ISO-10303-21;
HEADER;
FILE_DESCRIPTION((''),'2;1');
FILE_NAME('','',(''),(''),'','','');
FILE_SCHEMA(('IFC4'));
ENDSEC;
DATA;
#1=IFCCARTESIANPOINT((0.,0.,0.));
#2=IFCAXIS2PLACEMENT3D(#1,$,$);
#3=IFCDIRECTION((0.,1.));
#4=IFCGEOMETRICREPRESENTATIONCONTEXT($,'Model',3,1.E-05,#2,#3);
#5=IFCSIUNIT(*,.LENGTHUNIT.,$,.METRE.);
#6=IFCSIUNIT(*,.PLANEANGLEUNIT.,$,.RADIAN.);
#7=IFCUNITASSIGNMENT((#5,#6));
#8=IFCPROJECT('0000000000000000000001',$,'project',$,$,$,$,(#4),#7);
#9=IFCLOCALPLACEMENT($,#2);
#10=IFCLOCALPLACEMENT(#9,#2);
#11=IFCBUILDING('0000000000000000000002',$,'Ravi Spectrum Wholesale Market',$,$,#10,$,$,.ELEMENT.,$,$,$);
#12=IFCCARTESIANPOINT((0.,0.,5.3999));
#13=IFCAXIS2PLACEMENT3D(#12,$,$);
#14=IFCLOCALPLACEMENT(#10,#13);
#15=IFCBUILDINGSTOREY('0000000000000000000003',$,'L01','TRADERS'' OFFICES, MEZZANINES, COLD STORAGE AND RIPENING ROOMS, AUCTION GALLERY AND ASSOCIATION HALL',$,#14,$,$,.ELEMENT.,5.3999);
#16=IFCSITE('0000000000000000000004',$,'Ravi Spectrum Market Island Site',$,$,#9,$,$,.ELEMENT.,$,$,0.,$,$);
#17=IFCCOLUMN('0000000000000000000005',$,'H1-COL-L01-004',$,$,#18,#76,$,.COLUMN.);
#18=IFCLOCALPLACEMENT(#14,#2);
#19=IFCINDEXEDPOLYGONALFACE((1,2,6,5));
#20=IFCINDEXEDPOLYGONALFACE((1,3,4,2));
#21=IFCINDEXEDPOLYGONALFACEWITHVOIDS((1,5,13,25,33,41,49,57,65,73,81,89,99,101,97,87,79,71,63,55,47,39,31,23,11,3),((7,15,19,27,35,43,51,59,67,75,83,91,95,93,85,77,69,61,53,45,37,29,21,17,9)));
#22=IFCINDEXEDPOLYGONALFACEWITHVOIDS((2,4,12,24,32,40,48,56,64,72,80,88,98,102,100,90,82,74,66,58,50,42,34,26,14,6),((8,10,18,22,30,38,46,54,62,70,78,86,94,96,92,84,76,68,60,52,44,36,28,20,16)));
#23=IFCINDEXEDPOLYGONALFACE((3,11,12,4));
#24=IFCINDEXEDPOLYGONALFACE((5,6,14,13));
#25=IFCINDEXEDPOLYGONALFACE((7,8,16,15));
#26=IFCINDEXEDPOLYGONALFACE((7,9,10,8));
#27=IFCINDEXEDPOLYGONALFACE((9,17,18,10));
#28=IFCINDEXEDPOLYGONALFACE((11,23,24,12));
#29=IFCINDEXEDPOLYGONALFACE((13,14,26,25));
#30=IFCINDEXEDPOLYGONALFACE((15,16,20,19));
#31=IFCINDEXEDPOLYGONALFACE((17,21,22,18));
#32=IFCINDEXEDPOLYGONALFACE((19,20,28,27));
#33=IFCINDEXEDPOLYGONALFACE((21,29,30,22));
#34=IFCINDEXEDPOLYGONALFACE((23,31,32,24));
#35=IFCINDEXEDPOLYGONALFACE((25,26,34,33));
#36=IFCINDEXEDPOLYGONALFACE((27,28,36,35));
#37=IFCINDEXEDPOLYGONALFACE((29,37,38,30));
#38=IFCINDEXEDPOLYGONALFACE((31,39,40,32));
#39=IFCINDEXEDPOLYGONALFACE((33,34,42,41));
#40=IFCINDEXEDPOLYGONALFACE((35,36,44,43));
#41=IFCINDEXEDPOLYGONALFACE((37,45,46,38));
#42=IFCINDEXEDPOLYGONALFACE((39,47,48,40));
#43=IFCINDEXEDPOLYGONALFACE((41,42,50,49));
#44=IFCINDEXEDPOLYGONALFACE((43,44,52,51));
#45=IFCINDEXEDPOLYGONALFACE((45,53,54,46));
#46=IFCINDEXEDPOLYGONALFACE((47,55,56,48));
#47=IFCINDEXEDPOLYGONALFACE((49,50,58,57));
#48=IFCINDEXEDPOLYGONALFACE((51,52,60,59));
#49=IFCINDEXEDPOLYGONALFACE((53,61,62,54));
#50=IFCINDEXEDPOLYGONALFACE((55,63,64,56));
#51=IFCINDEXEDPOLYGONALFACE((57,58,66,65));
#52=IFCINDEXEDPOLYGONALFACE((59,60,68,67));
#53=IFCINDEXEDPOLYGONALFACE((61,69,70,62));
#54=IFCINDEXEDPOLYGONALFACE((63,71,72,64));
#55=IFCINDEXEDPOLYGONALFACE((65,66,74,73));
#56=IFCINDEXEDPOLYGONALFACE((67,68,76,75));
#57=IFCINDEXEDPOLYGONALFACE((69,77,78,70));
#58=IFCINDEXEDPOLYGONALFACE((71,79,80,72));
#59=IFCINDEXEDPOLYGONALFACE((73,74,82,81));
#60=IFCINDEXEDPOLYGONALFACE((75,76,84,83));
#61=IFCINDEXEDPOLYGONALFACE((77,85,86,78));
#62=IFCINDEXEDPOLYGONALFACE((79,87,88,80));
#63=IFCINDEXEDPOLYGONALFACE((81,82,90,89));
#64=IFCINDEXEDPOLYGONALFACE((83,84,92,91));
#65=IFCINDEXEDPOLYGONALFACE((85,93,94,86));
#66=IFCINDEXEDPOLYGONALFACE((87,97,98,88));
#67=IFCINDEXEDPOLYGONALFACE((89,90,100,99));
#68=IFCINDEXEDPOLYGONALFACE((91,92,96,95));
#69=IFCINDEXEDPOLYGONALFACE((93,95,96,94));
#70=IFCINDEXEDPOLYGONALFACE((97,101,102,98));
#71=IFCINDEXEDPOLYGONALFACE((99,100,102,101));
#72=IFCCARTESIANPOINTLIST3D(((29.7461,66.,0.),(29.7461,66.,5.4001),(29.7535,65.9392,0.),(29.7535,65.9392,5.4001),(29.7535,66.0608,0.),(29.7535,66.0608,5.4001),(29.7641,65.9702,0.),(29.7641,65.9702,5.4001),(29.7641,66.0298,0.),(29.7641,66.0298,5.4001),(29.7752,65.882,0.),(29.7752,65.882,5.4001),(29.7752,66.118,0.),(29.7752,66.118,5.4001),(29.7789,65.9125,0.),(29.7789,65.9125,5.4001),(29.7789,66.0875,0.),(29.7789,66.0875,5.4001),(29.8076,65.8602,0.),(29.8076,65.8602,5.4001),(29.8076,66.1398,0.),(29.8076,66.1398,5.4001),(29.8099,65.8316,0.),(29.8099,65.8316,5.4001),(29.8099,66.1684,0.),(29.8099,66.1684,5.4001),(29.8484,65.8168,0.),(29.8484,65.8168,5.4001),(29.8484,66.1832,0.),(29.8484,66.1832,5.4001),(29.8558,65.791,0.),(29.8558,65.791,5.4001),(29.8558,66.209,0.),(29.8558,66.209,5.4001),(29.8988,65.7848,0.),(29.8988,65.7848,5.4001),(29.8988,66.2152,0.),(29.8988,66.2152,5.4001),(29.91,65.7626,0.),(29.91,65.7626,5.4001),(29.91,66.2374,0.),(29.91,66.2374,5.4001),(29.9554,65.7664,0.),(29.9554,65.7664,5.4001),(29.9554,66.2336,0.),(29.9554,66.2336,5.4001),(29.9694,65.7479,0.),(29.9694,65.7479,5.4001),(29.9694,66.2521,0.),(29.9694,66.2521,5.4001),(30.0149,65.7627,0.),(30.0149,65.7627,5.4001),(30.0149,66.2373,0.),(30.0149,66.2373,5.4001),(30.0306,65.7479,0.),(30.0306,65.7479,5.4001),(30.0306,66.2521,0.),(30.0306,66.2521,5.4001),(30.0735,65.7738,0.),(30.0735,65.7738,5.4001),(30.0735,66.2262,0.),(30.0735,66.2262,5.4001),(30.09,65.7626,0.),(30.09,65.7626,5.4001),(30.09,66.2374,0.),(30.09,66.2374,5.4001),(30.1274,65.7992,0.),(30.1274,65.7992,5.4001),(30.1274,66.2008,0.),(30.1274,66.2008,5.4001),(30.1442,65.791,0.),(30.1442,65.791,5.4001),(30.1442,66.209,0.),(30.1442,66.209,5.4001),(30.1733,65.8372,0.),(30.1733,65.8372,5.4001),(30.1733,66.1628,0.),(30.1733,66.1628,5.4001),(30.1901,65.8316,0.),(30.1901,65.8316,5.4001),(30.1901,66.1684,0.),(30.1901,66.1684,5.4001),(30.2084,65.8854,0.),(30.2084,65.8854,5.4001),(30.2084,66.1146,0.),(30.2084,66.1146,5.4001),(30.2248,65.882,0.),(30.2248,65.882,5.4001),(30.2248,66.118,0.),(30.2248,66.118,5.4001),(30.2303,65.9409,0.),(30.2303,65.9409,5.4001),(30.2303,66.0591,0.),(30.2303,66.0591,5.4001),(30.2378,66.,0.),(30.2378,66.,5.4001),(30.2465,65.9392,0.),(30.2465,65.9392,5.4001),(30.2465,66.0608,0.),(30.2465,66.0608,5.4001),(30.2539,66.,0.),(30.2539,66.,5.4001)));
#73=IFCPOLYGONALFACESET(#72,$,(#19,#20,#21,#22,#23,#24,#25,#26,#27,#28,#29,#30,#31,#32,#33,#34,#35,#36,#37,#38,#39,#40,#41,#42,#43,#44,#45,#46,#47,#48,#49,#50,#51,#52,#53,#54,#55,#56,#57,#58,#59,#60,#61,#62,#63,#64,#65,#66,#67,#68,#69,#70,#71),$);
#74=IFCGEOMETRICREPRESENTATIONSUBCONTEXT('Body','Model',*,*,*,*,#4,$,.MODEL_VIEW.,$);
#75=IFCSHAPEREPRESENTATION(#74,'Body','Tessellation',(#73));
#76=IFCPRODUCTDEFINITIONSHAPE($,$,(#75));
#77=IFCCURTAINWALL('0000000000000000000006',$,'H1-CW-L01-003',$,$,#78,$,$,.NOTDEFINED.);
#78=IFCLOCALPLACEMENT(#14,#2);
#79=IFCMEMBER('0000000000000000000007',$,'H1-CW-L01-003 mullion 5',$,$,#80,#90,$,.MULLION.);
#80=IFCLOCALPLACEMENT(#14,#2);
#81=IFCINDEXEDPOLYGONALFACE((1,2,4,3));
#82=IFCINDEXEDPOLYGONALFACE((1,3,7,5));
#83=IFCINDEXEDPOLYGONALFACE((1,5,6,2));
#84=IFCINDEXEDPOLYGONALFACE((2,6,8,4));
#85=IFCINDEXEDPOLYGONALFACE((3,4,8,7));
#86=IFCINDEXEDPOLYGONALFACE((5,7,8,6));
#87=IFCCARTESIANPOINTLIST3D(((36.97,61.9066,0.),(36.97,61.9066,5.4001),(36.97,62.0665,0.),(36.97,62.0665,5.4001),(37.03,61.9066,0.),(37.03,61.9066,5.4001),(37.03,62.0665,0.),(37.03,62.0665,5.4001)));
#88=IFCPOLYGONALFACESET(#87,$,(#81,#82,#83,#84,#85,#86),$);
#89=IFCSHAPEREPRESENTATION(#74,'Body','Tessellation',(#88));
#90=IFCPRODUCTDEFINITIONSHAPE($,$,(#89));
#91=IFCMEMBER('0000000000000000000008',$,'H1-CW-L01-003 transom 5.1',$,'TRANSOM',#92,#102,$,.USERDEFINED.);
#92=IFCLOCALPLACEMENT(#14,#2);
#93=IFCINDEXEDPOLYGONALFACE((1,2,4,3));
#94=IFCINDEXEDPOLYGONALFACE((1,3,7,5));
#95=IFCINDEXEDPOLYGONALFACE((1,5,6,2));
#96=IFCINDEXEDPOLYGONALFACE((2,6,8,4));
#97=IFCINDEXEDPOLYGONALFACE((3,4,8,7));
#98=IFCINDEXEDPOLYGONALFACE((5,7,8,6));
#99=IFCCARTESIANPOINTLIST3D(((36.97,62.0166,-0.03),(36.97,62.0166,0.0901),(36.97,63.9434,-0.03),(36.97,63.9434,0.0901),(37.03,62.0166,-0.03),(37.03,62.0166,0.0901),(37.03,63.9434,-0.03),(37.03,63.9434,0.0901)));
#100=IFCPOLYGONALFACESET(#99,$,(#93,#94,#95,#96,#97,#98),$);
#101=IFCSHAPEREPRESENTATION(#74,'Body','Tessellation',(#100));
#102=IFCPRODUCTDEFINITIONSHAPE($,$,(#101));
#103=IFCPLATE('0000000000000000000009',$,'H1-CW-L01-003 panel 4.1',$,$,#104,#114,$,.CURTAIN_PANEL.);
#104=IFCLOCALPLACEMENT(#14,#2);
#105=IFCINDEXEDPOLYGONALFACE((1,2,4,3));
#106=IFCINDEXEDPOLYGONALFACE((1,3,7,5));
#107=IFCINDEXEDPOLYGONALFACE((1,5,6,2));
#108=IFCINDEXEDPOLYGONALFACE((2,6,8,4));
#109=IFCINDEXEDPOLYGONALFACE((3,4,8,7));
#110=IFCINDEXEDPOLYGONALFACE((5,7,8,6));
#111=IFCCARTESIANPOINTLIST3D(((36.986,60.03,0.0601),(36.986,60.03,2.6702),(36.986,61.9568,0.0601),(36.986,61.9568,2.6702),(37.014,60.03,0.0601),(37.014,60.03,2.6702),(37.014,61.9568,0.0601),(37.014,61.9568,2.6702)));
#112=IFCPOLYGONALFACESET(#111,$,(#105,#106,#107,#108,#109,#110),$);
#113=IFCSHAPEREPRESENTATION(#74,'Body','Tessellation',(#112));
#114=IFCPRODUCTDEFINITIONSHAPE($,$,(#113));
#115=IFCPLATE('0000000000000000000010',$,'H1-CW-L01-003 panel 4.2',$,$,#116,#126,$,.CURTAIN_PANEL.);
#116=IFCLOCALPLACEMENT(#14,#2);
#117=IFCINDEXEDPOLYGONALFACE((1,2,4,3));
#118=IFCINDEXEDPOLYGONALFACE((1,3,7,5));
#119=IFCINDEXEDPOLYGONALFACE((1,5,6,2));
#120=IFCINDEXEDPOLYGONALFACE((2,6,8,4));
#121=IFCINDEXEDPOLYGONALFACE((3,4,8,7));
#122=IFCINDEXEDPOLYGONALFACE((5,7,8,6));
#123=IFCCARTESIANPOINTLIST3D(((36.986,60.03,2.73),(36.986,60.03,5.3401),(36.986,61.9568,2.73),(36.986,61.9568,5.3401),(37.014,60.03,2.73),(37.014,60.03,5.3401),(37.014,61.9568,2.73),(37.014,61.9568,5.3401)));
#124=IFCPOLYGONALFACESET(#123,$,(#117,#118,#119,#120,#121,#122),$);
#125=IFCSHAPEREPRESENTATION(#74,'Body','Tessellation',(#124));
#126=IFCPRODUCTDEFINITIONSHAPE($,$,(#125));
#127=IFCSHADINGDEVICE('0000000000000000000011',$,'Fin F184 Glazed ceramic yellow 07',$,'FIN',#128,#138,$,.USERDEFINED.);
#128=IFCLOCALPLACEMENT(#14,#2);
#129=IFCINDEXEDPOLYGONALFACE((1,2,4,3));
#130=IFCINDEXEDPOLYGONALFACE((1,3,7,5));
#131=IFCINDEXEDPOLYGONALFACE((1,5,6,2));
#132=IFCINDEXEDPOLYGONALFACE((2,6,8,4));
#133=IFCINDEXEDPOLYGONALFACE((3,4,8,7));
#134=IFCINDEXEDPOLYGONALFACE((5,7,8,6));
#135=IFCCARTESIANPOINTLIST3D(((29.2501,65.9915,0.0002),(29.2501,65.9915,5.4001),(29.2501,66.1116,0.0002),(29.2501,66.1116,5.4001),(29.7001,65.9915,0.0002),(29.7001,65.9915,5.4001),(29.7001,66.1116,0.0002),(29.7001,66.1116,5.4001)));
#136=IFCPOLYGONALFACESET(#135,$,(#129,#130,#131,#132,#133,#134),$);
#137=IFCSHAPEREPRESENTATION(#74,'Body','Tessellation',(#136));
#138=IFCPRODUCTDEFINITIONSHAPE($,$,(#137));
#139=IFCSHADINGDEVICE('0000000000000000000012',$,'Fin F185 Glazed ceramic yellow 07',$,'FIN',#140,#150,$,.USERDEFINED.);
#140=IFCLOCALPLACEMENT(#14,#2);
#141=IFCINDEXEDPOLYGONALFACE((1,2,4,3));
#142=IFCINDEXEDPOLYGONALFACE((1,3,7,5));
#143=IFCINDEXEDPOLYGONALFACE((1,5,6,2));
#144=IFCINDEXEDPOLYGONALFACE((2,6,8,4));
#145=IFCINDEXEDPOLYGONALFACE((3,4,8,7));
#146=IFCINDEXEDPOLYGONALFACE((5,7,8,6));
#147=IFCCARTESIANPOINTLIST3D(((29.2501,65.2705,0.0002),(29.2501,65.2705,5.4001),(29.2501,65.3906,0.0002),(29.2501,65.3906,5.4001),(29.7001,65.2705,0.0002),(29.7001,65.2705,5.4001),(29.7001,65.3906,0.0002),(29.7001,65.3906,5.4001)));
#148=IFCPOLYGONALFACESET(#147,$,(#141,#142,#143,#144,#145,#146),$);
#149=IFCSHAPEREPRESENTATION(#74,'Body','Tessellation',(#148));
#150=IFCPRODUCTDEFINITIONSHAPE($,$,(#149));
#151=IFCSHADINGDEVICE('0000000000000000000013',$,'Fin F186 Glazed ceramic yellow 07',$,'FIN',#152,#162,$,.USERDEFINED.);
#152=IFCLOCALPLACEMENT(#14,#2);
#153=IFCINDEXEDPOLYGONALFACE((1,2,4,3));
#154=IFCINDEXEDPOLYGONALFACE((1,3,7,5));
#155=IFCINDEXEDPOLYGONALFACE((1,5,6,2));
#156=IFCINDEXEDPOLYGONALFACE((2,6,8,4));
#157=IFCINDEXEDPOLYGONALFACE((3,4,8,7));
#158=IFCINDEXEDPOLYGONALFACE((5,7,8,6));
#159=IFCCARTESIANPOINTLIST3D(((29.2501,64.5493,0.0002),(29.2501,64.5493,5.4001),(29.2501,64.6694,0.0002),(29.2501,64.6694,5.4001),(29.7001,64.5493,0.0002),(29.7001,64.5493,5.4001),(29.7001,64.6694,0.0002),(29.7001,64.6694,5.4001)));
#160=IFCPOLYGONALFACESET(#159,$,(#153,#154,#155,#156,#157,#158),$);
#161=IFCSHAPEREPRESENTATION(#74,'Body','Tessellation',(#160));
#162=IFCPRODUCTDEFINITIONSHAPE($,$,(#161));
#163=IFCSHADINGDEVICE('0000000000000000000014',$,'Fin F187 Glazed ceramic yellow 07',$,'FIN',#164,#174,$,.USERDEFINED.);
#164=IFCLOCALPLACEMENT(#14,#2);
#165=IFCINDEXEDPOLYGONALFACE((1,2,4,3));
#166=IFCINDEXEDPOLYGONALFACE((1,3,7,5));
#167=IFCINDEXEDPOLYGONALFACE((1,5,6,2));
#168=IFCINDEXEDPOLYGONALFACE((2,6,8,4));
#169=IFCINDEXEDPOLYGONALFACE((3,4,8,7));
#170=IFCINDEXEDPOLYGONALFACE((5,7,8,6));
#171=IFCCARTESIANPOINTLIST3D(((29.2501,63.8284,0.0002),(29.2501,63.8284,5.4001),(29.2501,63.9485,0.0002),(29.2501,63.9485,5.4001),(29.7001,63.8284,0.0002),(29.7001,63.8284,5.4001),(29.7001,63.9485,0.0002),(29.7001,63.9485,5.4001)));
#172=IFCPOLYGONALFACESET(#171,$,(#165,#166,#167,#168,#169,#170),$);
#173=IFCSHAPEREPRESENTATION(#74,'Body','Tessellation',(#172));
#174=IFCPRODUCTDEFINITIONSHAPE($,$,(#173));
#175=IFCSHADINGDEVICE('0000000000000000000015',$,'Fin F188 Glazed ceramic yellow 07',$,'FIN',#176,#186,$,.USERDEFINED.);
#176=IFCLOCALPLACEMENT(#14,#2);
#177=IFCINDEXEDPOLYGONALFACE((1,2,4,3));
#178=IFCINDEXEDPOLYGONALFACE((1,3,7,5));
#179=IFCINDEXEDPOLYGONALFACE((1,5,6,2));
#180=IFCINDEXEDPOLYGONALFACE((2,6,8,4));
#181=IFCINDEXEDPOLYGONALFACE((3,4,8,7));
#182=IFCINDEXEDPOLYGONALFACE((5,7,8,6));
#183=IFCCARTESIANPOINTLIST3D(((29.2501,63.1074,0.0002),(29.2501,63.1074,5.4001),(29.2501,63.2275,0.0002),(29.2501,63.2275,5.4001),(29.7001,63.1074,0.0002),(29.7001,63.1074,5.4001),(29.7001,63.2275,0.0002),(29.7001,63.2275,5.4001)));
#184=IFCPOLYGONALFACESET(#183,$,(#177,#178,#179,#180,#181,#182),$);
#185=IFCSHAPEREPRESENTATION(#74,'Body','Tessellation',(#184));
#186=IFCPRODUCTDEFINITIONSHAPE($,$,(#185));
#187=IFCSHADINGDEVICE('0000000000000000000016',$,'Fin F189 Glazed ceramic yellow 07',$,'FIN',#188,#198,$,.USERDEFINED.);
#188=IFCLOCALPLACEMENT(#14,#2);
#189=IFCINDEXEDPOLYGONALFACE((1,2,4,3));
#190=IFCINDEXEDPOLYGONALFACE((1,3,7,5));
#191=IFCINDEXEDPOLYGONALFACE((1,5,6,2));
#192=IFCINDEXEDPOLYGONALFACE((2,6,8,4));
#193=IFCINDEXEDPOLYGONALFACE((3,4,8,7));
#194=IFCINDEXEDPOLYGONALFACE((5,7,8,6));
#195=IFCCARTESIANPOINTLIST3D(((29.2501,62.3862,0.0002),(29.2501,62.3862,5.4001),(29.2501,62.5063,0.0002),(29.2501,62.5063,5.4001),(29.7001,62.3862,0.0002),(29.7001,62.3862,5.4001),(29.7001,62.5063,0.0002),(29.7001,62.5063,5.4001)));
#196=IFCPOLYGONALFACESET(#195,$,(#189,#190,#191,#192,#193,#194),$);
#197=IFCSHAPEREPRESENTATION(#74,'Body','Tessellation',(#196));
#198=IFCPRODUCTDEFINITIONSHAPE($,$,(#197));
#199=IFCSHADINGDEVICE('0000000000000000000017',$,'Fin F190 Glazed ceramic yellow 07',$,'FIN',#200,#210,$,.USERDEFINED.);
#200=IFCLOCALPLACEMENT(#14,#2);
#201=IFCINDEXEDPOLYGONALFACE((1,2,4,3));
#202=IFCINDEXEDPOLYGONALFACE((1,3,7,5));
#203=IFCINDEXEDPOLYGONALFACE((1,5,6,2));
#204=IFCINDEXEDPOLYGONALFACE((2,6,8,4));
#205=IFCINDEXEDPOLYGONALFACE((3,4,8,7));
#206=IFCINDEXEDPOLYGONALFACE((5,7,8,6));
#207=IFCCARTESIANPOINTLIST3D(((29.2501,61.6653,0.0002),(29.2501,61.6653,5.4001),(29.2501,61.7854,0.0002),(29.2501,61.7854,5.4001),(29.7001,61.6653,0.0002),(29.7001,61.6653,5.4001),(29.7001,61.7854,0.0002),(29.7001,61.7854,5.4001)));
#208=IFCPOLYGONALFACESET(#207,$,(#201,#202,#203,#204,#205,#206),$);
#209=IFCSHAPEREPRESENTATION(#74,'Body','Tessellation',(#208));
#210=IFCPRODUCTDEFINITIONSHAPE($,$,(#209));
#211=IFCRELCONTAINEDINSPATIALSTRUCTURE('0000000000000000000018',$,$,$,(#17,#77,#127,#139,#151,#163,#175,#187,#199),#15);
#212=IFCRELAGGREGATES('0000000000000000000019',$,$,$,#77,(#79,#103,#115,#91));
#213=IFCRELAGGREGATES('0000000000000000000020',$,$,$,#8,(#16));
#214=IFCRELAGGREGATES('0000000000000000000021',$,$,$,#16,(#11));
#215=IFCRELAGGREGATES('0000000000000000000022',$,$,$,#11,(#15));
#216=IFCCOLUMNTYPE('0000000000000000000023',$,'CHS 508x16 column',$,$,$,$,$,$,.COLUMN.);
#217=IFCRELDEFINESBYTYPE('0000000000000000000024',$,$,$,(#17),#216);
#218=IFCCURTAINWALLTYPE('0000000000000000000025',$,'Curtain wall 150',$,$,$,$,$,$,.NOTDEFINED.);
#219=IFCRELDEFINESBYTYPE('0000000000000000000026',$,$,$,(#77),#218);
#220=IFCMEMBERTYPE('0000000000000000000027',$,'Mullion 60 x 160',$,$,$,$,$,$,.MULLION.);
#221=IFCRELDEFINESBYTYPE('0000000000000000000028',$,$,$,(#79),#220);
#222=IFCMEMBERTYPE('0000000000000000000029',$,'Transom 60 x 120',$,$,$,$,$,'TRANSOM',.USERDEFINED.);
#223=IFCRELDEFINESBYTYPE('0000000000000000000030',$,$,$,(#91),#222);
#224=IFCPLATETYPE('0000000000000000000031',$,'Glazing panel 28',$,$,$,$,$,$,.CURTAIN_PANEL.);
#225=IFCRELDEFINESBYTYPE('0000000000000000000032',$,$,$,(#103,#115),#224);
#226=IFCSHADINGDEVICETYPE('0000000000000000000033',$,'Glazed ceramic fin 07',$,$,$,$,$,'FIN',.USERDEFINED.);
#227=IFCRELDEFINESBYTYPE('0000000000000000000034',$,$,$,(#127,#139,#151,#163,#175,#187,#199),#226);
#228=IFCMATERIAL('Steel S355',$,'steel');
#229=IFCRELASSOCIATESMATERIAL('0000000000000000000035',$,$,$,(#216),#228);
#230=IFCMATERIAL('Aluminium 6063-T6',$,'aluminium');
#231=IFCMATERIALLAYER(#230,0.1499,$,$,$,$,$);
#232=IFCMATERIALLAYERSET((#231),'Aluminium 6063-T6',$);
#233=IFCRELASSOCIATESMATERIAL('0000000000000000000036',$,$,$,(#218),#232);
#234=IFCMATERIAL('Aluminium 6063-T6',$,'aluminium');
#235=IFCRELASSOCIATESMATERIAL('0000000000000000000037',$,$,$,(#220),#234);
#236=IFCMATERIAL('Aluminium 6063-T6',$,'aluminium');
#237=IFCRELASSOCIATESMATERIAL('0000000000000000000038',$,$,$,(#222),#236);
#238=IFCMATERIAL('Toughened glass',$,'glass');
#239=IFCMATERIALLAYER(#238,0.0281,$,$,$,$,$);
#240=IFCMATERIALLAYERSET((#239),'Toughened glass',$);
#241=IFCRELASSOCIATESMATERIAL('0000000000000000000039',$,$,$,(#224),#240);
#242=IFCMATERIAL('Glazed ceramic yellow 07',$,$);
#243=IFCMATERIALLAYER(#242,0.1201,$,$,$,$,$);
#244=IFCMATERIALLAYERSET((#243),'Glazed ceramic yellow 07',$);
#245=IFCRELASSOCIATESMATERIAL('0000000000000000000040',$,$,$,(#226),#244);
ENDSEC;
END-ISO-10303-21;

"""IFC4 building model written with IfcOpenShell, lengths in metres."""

from ifc_helpers import new_model, si_unit, direction, frame, origin, origin_2d, place, context, subcontext, project, spatial, rectangle, hollow_circle, extrude, material, layer, layer_set, material_profile, profile_set, type_object, element, aggregate, save


model = new_model("IFC4")

# Units and contexts
model_context = context("Model", 3, precision=1e-05, world=origin(), true_north=direction((0.0, 1.0)))
body_context = subcontext(model_context, "Body", "Model", "MODEL_VIEW")
ifc_project = project(units=[si_unit("LENGTHUNIT", "METRE"), si_unit("PLANEANGLEUNIT", "RADIAN")], contexts=[model_context])

# Site, building, storey
site_placement = place(None, origin())
site = spatial("IfcSite", under=ifc_project, at=site_placement, Name="Ravi Spectrum Market Island Site", CompositionType="ELEMENT", RefElevation=0.0)
building_placement = place(site_placement, origin())
building = spatial("IfcBuilding", under=site, at=building_placement, Name="Ravi Spectrum Wholesale Market", CompositionType="ELEMENT")
storey_placement = place(building_placement, frame((0.0, 0.0, 5.3999)))
storey = spatial("IfcBuildingStorey", under=building, at=storey_placement, Name="L01", Description="TRADERS' OFFICES, MEZZANINES, COLD STORAGE AND RIPENING ROOMS, AUCTION GALLERY AND ASSOCIATION HALL", CompositionType="ELEMENT", Elevation=5.3999)

# Column
ifc_material_1 = material(Name="Steel S355", Category="steel")
ifc_material_profile_1 = material_profile(ifc_material_1, hollow_circle(Radius=0.2539, WallThickness=0.0161, at=origin_2d()))
ifc_profile_set_1 = profile_set([ifc_material_profile_1], Name="Steel S355")
column_type = type_object("IfcColumnType", Name="CHS 508x16 column", PredefinedType="COLUMN", material=ifc_profile_set_1)
column_placement = place(storey_placement, frame((30.0, 66.0, 0.0), z_axis=(0.0, 0.0, 1.0), x_axis=(1.0, 0.0, 0.0)))
element("IfcColumn", 1, at=column_placement, inside=storey, type_object=column_type, Name="H1-COL-L01-004", PredefinedType="COLUMN", context=body_context, shape_type="SweptSolid", body=[
    extrude(hollow_circle(Radius=0.2539, WallThickness=0.0161, at=origin_2d()), origin(), (0.0, 0.0, 1.0), 5.4001),
])

# Curtain wall, members, plates
ifc_material_2 = material(Name="Aluminium 6063-T6", Category="aluminium")
ifc_layer_1 = layer(ifc_material_2, 0.1499)
ifc_layer_set_1 = layer_set([ifc_layer_1], Name="Aluminium 6063-T6")
curtain_wall_type = type_object("IfcCurtainWallType", Name="Curtain wall 150", PredefinedType="NOTDEFINED", material=ifc_layer_set_1)
curtain_wall_placement = place(storey_placement, origin())
curtain_wall = element("IfcCurtainWall", 2, at=curtain_wall_placement, inside=storey, type_object=curtain_wall_type, Name="H1-CW-L01-003", PredefinedType="NOTDEFINED")
ifc_material_3 = material(Name="Aluminium 6063-T6", Category="aluminium")
ifc_material_profile_2 = material_profile(ifc_material_3, rectangle(XDim=0.0601, YDim=0.1599, at=origin_2d()))
ifc_profile_set_2 = profile_set([ifc_material_profile_2], Name="Aluminium 6063-T6")
member_type_1 = type_object("IfcMemberType", Name="Mullion 60 x 160", PredefinedType="MULLION", material=ifc_profile_set_2)
member_1_placement = place(storey_placement, frame((37.0, 61.9866, 0.0), z_axis=(0.0, 0.0, 1.0), x_axis=(-1.0, 0.0, 0.0)))
member_1 = element("IfcMember", 3, at=member_1_placement, type_object=member_type_1, Name="H1-CW-L01-003 mullion 5", PredefinedType="MULLION", context=body_context, shape_type="SweptSolid", body=[
    extrude(rectangle(XDim=0.0601, YDim=0.1599, at=origin_2d()), origin(), (0.0, 0.0, 1.0), 5.4001),
])
ifc_material_4 = material(Name="Aluminium 6063-T6", Category="aluminium")
ifc_material_profile_3 = material_profile(ifc_material_4, rectangle(XDim=0.0601, YDim=0.1201, at=origin_2d()))
ifc_profile_set_3 = profile_set([ifc_material_profile_3], Name="Aluminium 6063-T6")
member_type_2 = type_object("IfcMemberType", Name="Transom 60 x 120", ElementType="TRANSOM", PredefinedType="USERDEFINED", material=ifc_profile_set_3)
member_2_placement = place(storey_placement, frame((37.0, 62.0166, 0.03), z_axis=(0.0, 1.0, 0.0), x_axis=(-1.0, 0.0, 0.0)))
member_2 = element("IfcMember", 4, at=member_2_placement, type_object=member_type_2, Name="H1-CW-L01-003 transom 5.1", ObjectType="TRANSOM", PredefinedType="USERDEFINED", context=body_context, shape_type="SweptSolid", body=[
    extrude(rectangle(XDim=0.0601, YDim=0.1201, at=origin_2d()), origin(), (0.0, 0.0, 1.0), 1.9268),
])
ifc_material_5 = material(Name="Toughened glass", Category="glass")
ifc_layer_2 = layer(ifc_material_5, 0.0281)
ifc_layer_set_2 = layer_set([ifc_layer_2], Name="Toughened glass")
plate_type = type_object("IfcPlateType", Name="Glazing panel 28", PredefinedType="CURTAIN_PANEL", material=ifc_layer_set_2)
plate_1_placement = place(storey_placement, frame((37.0, 60.9934, 0.0601), z_axis=(0.0, 0.0, 1.0), x_axis=(0.0, 1.0, 0.0)))
plate_1 = element("IfcPlate", 5, at=plate_1_placement, type_object=plate_type, Name="H1-CW-L01-003 panel 4.1", PredefinedType="CURTAIN_PANEL", context=body_context, shape_type="SweptSolid", body=[
    extrude(rectangle(XDim=1.9268, YDim=0.0281, at=origin_2d()), origin(), (0.0, 0.0, 1.0), 2.6101),
])
plate_2_placement = place(storey_placement, frame((37.0, 60.9934, 2.73), z_axis=(0.0, 0.0, 1.0), x_axis=(0.0, 1.0, 0.0)))
plate_2 = element("IfcPlate", 6, at=plate_2_placement, type_object=plate_type, Name="H1-CW-L01-003 panel 4.2", PredefinedType="CURTAIN_PANEL", context=body_context, shape_type="SweptSolid", body=[
    extrude(rectangle(XDim=1.9268, YDim=0.0281, at=origin_2d()), origin(), (0.0, 0.0, 1.0), 2.6101),
])
aggregate(curtain_wall, [member_1, plate_1, plate_2, member_2])

# Shading devices
ifc_material_6 = material(Name="Glazed ceramic yellow 07")
ifc_layer_3 = layer(ifc_material_6, 0.1201)
ifc_layer_set_3 = layer_set([ifc_layer_3], Name="Glazed ceramic yellow 07")
shading_device_type = type_object("IfcShadingDeviceType", Name="Glazed ceramic fin 07", ElementType="FIN", PredefinedType="USERDEFINED", material=ifc_layer_set_3)
for number, where, z_axis, x_axis, name in (
    (7, (29.4751, 66.0515, 0.0002), (0.0, 0.0, 1.0), (0.0, -1.0, 0.0), "Fin F184 Glazed ceramic yellow 07"),
    (8, (29.4751, 65.3306, 0.0002), (0.0, 0.0, 1.0), (0.0, -1.0, 0.0), "Fin F185 Glazed ceramic yellow 07"),
    (9, (29.4751, 64.6094, 0.0002), (0.0, 0.0, 1.0), (0.0, -1.0, 0.0), "Fin F186 Glazed ceramic yellow 07"),
    (10, (29.4751, 63.8884, 0.0002), (0.0, 0.0, 1.0), (0.0, -1.0, 0.0), "Fin F187 Glazed ceramic yellow 07"),
    (11, (29.4751, 63.1675, 0.0002), (0.0, 0.0, 1.0), (0.0, -1.0, 0.0), "Fin F188 Glazed ceramic yellow 07"),
    (12, (29.4751, 62.4463, 0.0002), (0.0, 0.0, 1.0), (0.0, -1.0, 0.0), "Fin F189 Glazed ceramic yellow 07"),
    (13, (29.4751, 61.7253, 0.0002), (0.0, 0.0, 1.0), (0.0, -1.0, 0.0), "Fin F190 Glazed ceramic yellow 07"),
):
    element("IfcShadingDevice", number, at=place(storey_placement, frame(where, z_axis=z_axis, x_axis=x_axis)), inside=storey, type_object=shading_device_type, Name=name, ObjectType="FIN", PredefinedType="USERDEFINED", context=body_context, shape_type="SweptSolid", body=[
        extrude(rectangle(XDim=0.1201, YDim=0.45, at=origin_2d()), origin(), (0.0, 0.0, 1.0), 5.3999),
    ])

save(model, "model.ifc")
